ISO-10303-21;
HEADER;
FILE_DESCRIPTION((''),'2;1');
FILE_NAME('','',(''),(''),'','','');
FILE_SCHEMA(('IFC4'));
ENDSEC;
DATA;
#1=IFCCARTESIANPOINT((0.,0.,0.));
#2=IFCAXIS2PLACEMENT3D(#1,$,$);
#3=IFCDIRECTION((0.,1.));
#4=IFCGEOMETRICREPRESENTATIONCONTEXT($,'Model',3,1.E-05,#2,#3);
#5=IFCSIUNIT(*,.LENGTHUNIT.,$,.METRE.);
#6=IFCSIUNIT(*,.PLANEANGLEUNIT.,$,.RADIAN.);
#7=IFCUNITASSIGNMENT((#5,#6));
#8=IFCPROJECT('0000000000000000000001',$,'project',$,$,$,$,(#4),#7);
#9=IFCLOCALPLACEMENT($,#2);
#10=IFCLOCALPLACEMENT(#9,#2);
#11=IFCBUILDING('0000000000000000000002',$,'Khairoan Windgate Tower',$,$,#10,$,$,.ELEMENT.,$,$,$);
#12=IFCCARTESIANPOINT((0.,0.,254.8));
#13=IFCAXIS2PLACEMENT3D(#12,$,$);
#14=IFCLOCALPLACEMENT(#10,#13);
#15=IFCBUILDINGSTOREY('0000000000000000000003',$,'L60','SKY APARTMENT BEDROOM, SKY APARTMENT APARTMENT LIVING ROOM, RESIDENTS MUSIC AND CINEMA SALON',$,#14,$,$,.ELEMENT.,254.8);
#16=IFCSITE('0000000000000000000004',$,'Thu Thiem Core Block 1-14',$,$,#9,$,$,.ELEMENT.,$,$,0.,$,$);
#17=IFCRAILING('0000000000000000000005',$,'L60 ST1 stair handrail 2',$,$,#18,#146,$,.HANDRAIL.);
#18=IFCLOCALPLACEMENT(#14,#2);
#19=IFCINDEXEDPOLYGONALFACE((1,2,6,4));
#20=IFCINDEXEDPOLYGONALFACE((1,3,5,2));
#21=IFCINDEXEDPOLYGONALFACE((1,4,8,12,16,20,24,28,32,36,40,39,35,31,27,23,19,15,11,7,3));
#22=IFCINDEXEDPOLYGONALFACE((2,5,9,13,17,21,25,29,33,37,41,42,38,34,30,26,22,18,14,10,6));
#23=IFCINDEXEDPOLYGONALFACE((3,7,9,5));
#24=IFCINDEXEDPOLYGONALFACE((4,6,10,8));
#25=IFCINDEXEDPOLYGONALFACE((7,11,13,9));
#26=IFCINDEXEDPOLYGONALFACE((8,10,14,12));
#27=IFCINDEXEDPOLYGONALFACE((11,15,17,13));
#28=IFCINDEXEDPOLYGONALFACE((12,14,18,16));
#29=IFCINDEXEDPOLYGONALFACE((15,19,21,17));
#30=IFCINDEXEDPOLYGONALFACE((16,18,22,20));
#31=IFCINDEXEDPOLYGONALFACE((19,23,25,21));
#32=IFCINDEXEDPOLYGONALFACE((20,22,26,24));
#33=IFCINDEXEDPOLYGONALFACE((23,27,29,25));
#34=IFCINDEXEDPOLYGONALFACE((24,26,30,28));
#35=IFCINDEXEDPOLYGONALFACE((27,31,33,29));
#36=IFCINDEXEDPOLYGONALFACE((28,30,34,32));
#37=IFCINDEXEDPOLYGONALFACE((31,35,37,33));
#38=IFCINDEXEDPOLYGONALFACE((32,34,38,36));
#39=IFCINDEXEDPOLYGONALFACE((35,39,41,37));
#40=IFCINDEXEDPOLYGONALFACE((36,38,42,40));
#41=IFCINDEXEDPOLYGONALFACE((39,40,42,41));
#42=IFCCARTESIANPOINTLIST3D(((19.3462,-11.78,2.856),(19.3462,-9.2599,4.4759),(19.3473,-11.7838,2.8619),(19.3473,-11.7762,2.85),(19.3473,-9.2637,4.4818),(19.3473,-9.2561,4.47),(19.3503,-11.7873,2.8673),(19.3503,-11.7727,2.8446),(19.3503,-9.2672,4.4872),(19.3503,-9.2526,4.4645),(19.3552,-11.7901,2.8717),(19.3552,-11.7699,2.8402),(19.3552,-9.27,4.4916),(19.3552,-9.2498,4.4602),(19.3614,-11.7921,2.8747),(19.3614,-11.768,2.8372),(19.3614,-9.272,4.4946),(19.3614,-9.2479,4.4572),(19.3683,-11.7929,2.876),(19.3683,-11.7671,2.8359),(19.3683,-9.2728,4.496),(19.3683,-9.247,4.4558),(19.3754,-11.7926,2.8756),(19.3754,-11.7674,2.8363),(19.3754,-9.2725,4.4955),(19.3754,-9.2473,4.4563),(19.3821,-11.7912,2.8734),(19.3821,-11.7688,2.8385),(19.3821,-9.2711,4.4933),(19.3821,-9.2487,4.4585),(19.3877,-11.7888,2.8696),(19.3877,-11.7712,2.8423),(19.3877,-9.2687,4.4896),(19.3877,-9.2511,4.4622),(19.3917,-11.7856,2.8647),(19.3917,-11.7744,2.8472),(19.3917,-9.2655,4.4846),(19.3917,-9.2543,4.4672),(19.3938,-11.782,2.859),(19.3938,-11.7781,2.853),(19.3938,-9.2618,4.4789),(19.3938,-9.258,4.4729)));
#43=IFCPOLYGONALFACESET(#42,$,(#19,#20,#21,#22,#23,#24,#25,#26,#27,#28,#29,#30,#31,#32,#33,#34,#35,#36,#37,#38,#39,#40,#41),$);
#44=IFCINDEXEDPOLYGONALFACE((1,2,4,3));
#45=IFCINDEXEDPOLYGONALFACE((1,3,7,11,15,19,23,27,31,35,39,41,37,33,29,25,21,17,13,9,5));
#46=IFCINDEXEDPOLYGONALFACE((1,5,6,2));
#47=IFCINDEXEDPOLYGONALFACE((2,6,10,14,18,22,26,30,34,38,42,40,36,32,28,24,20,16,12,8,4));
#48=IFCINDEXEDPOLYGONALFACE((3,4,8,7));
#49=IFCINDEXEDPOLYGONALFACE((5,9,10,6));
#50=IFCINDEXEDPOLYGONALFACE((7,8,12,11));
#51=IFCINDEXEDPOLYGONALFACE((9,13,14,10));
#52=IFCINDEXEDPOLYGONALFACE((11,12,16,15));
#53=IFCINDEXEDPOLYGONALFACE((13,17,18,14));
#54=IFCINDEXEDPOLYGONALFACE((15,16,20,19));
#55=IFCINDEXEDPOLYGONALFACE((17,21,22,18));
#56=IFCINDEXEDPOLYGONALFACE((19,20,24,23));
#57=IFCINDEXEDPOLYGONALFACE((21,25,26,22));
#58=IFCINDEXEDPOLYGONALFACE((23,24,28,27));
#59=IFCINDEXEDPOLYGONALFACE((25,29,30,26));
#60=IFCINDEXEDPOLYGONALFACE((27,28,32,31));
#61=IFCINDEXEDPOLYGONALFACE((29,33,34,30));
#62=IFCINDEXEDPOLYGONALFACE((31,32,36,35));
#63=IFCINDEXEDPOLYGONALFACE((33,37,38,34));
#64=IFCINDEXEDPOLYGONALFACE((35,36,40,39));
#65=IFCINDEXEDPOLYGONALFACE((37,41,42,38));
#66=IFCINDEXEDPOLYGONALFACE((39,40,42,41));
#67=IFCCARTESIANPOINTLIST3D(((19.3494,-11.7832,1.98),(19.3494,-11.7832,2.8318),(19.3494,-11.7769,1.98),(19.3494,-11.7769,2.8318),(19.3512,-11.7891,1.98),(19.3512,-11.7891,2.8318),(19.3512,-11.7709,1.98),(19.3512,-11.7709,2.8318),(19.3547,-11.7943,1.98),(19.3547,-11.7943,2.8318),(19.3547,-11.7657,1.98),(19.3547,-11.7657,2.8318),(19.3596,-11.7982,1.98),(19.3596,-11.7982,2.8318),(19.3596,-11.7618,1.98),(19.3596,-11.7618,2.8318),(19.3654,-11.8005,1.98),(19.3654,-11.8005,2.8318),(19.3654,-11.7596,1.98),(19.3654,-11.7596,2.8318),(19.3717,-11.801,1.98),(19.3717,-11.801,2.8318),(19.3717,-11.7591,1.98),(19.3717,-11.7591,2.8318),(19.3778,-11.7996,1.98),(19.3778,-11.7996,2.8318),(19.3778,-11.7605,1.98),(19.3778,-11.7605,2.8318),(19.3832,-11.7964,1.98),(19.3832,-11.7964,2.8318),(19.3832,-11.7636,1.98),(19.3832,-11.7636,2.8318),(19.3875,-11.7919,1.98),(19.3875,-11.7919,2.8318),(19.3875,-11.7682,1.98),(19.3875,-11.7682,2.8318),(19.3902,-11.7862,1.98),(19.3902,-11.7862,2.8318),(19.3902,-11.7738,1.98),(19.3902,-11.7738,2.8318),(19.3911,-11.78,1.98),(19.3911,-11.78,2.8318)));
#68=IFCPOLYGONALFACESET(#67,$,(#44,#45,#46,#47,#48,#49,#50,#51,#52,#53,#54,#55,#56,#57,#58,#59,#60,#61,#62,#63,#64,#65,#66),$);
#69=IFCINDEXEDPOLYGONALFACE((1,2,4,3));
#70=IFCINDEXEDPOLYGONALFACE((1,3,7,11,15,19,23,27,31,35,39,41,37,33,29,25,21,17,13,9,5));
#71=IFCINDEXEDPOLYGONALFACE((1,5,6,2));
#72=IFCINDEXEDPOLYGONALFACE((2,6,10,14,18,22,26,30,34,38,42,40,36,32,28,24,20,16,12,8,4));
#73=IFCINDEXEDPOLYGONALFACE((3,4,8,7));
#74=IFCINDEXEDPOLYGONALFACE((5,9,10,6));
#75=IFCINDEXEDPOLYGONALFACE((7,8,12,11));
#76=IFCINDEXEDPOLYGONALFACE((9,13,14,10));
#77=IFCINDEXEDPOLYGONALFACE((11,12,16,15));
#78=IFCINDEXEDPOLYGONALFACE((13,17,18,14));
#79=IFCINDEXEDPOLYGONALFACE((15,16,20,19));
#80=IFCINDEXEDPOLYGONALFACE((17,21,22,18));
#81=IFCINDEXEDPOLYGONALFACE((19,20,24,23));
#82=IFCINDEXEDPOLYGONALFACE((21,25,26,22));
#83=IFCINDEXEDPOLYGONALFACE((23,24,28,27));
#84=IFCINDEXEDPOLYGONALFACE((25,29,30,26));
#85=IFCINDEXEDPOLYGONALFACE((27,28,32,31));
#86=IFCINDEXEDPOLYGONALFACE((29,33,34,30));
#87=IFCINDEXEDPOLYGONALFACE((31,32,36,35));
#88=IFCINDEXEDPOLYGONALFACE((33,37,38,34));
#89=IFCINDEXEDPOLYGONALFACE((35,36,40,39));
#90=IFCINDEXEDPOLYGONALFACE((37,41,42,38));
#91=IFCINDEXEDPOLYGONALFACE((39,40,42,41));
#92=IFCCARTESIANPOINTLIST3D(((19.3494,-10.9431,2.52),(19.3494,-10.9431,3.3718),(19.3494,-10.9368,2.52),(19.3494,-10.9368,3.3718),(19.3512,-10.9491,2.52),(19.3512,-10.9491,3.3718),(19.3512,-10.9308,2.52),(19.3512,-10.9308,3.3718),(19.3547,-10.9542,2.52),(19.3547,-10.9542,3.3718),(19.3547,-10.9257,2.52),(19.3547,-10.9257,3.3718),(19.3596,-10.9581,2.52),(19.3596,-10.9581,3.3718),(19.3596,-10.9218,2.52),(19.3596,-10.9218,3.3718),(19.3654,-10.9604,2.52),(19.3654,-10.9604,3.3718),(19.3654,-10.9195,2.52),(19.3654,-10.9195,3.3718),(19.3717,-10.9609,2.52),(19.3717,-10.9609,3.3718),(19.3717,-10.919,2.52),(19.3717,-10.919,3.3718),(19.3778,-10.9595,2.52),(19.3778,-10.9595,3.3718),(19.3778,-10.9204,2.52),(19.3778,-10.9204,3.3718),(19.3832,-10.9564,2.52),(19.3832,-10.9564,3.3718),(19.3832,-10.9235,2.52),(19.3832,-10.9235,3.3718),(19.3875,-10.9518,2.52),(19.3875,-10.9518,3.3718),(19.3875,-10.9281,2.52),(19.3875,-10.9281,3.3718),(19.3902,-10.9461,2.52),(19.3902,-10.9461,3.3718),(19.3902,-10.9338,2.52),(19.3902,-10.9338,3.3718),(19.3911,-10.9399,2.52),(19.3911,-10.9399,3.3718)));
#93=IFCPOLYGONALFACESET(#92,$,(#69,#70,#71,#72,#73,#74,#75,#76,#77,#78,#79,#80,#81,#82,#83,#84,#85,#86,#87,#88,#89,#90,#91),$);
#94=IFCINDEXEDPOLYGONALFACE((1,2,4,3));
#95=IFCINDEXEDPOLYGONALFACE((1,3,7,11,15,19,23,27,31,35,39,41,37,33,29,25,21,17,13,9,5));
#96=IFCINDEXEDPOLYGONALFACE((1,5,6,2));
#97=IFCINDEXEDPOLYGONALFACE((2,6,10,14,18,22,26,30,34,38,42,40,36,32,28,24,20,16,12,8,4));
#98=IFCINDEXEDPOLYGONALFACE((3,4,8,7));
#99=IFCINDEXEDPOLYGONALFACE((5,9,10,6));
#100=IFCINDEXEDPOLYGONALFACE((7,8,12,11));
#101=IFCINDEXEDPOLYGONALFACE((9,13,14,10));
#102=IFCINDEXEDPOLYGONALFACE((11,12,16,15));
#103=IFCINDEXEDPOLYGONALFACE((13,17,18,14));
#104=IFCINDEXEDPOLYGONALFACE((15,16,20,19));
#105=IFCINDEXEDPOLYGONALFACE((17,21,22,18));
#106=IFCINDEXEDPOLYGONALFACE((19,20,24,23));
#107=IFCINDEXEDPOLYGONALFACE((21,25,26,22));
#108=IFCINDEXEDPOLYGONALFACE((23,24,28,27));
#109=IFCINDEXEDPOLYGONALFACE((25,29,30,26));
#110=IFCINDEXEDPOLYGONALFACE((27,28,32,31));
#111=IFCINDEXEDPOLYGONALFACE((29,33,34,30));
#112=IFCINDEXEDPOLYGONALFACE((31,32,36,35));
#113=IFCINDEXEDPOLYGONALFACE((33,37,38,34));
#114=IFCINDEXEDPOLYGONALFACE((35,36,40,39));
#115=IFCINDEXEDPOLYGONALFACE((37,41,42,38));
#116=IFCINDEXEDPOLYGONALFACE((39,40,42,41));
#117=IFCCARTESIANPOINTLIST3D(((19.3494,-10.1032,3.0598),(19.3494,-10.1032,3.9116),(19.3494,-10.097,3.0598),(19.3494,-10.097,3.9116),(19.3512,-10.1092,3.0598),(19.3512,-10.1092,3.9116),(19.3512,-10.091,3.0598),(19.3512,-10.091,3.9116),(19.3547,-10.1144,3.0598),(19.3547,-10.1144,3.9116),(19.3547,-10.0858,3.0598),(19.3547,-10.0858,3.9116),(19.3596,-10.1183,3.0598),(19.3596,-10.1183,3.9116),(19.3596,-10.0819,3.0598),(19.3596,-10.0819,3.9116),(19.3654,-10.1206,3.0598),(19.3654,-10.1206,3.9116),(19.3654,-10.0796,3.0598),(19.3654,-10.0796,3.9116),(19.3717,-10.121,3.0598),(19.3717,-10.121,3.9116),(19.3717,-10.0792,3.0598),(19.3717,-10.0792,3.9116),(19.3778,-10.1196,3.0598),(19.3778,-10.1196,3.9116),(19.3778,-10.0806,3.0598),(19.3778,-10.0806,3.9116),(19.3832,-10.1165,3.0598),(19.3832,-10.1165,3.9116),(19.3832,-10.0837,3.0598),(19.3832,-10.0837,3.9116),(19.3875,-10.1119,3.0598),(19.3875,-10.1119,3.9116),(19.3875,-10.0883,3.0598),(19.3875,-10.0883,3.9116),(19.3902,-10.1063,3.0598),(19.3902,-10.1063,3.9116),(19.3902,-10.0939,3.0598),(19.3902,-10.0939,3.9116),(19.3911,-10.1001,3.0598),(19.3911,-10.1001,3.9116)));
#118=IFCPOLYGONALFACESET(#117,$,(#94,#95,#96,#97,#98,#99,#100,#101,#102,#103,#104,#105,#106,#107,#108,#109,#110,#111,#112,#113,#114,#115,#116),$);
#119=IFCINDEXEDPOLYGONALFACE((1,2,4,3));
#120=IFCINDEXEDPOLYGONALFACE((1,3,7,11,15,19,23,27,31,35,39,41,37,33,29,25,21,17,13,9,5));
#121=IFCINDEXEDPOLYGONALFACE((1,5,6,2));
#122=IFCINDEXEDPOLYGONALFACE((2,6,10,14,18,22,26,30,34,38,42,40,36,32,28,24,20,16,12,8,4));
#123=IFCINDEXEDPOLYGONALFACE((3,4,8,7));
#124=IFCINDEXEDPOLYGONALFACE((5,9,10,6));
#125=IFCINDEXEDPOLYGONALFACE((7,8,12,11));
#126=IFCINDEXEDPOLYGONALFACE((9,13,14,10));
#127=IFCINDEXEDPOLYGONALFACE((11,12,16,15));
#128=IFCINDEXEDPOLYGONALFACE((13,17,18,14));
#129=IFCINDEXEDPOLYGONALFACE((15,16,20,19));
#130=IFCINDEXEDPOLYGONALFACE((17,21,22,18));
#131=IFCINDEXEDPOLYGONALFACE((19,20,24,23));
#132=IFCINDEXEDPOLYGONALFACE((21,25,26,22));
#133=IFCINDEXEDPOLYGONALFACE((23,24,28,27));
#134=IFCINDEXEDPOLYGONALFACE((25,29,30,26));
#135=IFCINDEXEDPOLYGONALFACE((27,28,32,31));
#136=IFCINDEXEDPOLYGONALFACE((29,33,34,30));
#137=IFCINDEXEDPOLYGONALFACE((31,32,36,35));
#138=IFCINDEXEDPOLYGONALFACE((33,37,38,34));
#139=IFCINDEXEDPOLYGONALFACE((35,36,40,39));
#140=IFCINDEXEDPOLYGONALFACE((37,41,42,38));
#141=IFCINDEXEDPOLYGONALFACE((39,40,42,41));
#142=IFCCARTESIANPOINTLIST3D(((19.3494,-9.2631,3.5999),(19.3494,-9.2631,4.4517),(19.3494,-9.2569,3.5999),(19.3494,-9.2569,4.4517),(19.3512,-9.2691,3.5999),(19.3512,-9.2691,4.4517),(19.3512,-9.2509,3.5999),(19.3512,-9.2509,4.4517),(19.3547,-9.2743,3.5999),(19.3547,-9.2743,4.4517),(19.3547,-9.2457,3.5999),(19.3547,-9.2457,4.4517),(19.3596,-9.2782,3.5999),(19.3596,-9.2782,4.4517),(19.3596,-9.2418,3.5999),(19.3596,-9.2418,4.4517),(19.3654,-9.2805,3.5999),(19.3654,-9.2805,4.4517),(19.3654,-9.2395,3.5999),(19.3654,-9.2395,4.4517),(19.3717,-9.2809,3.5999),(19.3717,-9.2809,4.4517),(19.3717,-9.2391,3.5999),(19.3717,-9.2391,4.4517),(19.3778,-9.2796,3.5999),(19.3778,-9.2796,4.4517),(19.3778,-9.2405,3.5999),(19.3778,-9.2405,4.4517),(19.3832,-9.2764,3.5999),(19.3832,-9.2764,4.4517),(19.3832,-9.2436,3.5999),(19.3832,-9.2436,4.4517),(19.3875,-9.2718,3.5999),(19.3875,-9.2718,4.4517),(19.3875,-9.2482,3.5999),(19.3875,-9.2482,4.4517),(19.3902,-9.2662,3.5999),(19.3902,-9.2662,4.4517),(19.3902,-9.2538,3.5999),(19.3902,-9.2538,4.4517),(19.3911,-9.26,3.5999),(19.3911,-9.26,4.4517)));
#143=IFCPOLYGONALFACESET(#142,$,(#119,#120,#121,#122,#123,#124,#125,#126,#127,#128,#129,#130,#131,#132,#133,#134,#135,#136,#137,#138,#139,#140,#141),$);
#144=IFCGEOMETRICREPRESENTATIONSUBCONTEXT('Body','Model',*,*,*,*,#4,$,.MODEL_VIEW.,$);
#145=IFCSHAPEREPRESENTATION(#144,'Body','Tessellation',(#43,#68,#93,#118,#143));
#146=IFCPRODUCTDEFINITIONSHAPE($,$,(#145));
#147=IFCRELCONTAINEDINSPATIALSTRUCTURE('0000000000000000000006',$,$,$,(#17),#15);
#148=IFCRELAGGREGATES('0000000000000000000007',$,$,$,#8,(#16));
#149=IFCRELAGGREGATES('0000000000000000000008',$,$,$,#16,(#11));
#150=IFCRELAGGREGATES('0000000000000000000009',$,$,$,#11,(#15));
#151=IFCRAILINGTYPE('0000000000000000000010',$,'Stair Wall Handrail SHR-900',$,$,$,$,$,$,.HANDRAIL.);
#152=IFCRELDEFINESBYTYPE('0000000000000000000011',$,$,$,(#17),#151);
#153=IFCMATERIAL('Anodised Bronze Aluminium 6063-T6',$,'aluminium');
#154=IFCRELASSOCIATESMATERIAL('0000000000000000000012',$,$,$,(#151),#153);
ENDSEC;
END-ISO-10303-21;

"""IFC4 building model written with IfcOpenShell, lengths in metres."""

from ifc_helpers import new_model, si_unit, direction, frame, origin, origin_2d, place, context, subcontext, project, spatial, circle, extrude, material, type_object, element, save


model = new_model("IFC4")

# Units and contexts
model_context = context("Model", 3, precision=1e-05, world=origin(), true_north=direction((0.0, 1.0)))
body_context = subcontext(model_context, "Body", "Model", "MODEL_VIEW")
ifc_project = project(units=[si_unit("LENGTHUNIT", "METRE"), si_unit("PLANEANGLEUNIT", "RADIAN")], contexts=[model_context])

# Site, building, storey
site_placement = place(None, origin())
site = spatial("IfcSite", under=ifc_project, at=site_placement, Name="Thu Thiem Core Block 1-14", CompositionType="ELEMENT", RefElevation=0.0)
building_placement = place(site_placement, origin())
building = spatial("IfcBuilding", under=site, at=building_placement, Name="Khairoan Windgate Tower", CompositionType="ELEMENT")
storey_placement = place(building_placement, frame((0.0, 0.0, 254.8)))
storey = spatial("IfcBuildingStorey", under=building, at=storey_placement, Name="L60", Description="SKY APARTMENT BEDROOM, SKY APARTMENT APARTMENT LIVING ROOM, RESIDENTS MUSIC AND CINEMA SALON", CompositionType="ELEMENT", Elevation=254.8)

# Railing
ifc_material_1 = material(Name="Anodised Bronze Aluminium 6063-T6", Category="aluminium")
railing_type_1 = type_object("IfcRailingType", Name="Stair Wall Handrail SHR-900", PredefinedType="HANDRAIL", material=ifc_material_1)
railing_1_placement = place(storey_placement, frame((19.3701, -11.78, 1.98)))
element("IfcRailing", 1, at=railing_1_placement, inside=storey, type_object=railing_type_1, Name="L60 ST1 stair handrail 2", PredefinedType="HANDRAIL", context=body_context, shape_type="SweptSolid", body=[
    extrude(circle(Radius=0.0239, at=origin_2d()), frame((0.0, 0.0, 0.876), z_axis=(0.0, 0.8412, 0.540725), x_axis=(-1.0, 0.0, 0.0)), (0.0, 0.0, 1.0), 2.9958),
    extrude(circle(Radius=0.021, at=origin_2d()), origin(), (0.0, 0.0, 1.0), 0.8518),
    extrude(circle(Radius=0.021, at=origin_2d()), frame((0.0, 0.8401, 0.54)), (0.0, 0.0, 1.0), 0.8518),
    extrude(circle(Radius=0.021, at=origin_2d()), frame((0.0, 1.6799, 1.0798)), (0.0, 0.0, 1.0), 0.8518),
    extrude(circle(Radius=0.021, at=origin_2d()), frame((0.0, 2.52, 1.6199)), (0.0, 0.0, 1.0), 0.8518),
])

save(model, "model.ifc")
